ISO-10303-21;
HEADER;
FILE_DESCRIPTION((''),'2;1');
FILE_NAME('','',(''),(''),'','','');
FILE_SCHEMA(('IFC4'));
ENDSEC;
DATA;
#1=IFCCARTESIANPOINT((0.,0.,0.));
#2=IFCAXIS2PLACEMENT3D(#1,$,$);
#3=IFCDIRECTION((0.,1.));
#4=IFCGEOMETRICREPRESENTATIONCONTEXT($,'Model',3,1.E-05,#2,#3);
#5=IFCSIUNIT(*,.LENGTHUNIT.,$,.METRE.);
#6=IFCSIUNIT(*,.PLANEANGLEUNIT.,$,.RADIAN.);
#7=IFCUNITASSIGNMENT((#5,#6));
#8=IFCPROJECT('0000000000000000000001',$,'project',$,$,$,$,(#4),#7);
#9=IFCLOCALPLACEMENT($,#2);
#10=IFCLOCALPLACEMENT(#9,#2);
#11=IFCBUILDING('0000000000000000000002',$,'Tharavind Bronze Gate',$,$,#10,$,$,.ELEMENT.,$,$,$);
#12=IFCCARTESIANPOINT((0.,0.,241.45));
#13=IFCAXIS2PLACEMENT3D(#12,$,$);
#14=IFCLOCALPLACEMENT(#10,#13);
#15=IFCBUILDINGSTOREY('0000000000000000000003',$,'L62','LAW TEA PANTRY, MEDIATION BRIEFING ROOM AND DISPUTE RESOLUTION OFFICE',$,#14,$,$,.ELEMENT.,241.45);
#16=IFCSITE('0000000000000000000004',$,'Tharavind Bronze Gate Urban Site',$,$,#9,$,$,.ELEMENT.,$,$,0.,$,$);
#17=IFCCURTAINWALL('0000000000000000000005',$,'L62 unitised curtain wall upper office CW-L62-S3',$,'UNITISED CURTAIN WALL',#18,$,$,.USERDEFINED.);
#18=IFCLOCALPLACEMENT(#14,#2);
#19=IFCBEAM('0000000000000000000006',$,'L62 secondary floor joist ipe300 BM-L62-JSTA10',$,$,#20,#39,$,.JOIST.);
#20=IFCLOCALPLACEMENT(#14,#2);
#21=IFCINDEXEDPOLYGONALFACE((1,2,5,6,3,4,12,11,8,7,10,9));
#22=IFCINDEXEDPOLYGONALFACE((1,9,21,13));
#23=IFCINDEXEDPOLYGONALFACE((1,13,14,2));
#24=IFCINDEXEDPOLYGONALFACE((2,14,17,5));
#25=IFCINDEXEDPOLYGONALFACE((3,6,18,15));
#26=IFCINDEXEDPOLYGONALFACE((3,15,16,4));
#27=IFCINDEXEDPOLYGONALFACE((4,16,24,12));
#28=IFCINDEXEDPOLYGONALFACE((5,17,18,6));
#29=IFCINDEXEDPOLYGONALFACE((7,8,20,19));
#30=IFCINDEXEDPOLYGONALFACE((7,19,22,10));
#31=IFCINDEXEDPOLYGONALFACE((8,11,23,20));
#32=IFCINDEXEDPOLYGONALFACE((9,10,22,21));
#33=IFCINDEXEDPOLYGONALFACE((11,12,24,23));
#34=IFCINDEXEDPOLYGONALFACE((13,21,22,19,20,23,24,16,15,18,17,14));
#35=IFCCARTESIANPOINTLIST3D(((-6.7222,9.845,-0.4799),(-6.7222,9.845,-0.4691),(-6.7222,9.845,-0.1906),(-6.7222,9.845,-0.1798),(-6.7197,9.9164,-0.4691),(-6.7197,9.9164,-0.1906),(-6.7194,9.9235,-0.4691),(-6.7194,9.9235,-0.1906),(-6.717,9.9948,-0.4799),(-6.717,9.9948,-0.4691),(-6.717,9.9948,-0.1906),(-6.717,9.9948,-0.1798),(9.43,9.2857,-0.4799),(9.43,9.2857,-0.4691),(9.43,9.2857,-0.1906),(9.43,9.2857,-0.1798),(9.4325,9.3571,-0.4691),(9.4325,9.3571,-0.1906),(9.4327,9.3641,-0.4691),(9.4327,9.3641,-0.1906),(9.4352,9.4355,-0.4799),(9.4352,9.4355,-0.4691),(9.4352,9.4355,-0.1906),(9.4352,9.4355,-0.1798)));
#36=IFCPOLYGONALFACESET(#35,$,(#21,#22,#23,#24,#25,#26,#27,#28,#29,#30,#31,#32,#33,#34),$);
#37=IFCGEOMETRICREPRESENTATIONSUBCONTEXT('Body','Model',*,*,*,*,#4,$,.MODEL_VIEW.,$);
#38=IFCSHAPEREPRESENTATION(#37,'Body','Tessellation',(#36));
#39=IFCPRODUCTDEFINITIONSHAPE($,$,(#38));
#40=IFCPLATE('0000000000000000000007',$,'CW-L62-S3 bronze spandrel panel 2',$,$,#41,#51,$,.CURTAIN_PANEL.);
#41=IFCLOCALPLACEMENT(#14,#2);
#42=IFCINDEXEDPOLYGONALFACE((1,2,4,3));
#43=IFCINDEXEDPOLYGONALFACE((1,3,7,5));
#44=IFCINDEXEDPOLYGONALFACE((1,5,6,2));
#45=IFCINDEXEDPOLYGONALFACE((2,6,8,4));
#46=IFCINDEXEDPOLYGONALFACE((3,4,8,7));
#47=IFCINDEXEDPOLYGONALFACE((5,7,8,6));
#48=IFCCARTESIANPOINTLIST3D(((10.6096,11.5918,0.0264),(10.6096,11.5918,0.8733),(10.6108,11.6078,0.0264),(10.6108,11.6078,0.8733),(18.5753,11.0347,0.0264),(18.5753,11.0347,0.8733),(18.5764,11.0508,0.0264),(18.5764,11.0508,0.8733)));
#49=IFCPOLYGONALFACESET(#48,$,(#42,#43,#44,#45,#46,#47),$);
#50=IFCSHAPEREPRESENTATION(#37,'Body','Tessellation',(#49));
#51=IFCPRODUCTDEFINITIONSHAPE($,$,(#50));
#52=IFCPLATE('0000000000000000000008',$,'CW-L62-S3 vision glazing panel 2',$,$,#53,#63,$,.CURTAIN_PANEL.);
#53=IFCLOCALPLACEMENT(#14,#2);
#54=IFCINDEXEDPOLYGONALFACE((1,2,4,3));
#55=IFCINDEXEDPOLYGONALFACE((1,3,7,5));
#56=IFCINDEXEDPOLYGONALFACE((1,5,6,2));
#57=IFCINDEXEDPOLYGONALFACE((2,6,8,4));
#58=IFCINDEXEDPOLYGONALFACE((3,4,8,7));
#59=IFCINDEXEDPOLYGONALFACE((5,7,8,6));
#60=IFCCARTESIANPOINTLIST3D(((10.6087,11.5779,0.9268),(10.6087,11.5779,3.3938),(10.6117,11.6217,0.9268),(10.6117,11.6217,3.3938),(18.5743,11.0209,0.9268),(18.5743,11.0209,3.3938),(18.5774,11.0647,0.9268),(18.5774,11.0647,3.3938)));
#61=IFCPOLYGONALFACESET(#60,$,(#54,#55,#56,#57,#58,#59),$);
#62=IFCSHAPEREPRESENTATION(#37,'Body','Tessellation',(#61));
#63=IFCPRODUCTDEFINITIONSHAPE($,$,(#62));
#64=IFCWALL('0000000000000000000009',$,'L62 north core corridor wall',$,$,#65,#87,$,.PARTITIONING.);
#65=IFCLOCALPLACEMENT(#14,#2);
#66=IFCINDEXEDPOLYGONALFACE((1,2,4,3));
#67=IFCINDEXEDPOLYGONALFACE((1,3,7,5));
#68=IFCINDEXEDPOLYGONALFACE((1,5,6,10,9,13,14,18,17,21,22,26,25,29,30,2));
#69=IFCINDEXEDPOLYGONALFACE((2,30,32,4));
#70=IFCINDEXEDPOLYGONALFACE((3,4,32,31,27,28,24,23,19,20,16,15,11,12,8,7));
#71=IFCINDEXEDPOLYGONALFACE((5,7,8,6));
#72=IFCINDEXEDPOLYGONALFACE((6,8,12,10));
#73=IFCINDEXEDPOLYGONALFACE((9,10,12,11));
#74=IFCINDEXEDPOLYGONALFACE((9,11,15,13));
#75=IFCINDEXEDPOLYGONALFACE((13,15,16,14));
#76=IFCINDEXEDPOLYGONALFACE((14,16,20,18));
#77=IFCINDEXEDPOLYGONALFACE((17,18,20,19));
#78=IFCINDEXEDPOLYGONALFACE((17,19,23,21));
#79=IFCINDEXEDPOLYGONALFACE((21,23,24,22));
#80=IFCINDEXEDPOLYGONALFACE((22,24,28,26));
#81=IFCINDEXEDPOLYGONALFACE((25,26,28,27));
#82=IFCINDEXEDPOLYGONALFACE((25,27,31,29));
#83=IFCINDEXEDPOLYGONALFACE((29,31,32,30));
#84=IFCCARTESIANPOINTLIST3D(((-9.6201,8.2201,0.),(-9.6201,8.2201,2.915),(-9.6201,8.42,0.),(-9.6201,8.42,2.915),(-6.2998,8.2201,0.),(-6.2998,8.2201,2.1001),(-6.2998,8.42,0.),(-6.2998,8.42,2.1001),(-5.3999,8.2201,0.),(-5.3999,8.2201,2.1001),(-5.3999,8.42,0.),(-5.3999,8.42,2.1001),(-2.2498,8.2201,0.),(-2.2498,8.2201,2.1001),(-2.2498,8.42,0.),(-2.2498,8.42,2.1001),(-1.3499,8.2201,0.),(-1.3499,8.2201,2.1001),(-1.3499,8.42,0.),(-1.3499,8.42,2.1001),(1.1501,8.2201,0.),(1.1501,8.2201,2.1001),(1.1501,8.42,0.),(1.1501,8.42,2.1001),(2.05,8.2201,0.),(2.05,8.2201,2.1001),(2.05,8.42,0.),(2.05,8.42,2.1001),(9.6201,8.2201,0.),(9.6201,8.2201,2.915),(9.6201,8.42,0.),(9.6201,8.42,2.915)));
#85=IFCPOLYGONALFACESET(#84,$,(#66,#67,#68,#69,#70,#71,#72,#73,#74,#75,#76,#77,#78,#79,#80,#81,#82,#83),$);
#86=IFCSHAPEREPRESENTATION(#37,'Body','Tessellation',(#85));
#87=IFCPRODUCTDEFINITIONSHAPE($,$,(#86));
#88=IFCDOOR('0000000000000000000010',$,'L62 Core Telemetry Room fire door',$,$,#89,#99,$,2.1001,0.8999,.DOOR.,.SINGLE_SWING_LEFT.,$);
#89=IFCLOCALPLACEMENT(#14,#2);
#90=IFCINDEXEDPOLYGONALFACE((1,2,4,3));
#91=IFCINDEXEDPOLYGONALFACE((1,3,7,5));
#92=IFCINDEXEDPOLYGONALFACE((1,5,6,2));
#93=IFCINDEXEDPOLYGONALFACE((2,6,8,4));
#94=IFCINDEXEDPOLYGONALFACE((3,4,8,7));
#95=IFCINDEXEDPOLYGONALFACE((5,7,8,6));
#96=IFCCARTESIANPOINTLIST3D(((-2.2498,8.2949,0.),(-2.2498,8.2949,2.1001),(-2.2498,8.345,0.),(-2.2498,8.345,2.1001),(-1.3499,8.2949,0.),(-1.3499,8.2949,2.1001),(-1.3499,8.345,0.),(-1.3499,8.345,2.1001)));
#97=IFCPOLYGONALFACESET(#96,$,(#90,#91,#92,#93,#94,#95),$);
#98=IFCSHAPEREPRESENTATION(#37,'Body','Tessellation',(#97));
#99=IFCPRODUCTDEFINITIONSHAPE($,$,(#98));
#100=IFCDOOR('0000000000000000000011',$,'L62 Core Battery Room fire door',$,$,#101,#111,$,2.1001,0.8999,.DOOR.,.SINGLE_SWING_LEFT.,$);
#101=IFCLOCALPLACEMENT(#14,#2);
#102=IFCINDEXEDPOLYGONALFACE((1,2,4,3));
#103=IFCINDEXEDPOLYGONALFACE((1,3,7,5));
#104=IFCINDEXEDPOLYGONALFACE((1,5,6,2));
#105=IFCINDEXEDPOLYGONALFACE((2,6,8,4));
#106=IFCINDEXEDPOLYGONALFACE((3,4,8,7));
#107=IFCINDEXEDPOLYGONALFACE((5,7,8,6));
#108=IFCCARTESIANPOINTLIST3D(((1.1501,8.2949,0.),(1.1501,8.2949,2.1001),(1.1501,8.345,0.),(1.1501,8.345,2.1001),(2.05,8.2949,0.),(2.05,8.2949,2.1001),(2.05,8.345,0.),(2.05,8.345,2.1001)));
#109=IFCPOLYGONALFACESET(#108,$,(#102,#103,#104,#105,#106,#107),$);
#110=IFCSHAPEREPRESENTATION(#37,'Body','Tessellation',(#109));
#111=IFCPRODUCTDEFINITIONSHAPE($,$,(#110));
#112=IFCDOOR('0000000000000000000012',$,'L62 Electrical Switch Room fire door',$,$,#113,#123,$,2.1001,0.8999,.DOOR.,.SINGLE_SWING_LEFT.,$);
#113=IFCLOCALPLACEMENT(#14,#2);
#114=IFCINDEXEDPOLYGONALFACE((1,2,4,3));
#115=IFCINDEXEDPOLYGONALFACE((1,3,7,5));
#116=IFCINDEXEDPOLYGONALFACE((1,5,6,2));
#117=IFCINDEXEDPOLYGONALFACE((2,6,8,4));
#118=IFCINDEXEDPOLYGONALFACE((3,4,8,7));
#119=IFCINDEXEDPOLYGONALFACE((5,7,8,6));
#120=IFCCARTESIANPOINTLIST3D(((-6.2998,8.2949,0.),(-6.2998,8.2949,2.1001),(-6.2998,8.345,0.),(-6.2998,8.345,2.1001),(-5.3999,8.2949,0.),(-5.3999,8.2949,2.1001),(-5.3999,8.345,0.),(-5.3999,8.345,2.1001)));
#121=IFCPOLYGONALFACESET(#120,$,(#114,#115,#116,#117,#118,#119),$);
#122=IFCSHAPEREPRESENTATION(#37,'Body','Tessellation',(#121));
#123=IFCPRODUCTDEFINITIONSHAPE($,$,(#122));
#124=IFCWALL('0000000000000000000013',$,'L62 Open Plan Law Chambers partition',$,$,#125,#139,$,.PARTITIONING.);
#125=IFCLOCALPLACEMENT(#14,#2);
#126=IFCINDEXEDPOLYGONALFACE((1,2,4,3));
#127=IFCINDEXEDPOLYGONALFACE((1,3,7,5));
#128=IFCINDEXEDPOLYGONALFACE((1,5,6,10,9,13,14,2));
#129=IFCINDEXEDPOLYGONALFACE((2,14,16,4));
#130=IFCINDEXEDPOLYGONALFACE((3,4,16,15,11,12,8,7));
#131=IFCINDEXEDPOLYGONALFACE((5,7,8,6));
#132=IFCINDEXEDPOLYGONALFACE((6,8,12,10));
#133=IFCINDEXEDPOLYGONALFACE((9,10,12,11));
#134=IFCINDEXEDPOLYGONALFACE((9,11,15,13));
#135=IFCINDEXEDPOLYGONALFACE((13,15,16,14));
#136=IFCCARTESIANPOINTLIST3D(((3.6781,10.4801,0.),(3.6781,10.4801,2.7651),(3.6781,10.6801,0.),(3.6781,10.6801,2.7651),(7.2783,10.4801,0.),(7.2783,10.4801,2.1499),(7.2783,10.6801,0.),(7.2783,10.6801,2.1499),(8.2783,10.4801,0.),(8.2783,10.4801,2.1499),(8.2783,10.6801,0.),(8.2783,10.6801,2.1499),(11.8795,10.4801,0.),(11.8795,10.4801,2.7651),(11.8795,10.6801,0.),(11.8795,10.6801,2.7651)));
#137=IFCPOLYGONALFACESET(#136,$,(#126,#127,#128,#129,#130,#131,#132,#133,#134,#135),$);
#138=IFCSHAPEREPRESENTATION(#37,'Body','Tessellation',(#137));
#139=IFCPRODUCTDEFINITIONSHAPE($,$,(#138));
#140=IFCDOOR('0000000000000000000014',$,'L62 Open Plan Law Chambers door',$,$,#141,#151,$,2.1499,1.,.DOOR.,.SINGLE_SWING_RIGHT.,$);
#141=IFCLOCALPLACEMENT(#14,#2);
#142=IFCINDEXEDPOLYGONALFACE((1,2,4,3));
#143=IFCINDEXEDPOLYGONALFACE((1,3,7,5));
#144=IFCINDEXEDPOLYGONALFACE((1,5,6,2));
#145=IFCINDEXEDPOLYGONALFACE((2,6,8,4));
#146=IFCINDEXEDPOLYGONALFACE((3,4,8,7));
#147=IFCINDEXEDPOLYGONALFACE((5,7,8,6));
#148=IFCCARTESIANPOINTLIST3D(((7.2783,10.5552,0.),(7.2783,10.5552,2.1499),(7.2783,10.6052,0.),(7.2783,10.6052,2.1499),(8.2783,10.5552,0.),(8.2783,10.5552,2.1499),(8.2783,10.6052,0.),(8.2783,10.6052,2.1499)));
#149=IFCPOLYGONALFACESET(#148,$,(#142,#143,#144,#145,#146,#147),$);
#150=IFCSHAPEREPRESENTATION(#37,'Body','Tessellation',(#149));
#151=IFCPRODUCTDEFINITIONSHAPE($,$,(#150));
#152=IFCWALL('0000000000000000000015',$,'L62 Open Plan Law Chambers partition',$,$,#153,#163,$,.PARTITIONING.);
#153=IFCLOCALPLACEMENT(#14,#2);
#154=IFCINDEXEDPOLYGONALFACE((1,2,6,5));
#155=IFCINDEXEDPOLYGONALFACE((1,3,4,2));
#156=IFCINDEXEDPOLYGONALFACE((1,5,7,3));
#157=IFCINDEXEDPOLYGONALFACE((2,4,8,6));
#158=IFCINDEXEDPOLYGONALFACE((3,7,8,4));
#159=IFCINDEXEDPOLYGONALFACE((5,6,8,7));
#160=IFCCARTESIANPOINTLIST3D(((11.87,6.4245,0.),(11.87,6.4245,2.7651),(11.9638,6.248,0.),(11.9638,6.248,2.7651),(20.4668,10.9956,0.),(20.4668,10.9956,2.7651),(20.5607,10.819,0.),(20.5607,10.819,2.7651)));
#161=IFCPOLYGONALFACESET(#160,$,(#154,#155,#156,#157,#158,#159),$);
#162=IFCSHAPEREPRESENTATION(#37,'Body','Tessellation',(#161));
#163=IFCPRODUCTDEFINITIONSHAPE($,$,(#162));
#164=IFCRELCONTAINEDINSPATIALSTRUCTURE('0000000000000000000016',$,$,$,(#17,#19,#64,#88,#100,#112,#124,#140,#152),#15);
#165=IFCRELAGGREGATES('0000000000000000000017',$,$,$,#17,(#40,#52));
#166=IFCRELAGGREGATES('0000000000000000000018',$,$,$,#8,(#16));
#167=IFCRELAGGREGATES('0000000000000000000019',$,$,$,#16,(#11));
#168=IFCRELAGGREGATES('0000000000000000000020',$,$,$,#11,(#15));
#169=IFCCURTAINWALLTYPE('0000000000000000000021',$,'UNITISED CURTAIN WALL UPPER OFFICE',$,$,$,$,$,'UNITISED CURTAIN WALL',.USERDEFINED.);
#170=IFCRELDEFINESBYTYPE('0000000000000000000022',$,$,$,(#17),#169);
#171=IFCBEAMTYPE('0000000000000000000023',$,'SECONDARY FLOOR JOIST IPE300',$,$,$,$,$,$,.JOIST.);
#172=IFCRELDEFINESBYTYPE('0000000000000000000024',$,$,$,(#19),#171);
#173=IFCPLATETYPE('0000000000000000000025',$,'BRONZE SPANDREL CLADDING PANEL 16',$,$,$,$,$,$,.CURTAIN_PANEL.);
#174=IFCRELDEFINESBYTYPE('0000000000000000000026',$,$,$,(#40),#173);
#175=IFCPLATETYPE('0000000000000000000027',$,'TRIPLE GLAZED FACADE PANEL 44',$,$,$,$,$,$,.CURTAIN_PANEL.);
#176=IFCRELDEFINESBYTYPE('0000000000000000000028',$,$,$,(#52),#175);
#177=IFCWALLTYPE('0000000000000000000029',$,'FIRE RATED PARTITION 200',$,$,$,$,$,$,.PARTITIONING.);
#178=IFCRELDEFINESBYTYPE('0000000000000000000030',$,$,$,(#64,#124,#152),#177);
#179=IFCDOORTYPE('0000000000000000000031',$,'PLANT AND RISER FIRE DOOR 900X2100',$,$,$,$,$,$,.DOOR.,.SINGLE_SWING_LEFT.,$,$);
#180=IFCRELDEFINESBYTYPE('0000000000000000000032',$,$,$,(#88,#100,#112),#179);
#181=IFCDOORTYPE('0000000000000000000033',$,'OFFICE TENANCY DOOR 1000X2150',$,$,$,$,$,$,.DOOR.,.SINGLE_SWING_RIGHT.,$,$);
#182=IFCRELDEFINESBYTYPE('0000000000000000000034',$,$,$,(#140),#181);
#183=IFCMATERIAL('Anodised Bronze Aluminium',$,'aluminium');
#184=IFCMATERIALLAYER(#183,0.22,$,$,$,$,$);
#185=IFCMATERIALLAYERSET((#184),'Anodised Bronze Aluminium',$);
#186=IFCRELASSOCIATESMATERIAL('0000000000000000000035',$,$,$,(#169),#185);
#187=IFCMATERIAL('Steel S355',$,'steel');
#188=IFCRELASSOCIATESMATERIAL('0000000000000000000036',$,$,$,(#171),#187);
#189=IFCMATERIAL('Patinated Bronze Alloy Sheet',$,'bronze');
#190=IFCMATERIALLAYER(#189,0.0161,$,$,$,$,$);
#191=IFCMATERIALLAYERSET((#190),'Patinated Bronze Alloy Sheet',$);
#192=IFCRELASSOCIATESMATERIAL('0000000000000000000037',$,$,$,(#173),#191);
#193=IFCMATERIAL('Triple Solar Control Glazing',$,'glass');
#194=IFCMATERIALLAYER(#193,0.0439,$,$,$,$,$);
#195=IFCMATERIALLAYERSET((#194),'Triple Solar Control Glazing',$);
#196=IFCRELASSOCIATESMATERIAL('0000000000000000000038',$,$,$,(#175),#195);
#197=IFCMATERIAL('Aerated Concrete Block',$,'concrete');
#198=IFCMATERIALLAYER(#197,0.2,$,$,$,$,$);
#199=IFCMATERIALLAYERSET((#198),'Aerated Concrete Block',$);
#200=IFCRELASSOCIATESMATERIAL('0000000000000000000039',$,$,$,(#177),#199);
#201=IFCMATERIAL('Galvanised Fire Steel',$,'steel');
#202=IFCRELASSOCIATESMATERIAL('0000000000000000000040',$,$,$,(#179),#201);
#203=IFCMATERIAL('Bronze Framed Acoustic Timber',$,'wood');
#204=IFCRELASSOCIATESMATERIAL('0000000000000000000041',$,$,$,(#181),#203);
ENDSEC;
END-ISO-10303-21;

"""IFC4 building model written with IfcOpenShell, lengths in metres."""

from ifc_helpers import new_model, si_unit, direction, frame, frame_2d, origin, origin_2d, place, context, subcontext, project, spatial, rectangle, i_section, extrude, material, layer, layer_set, material_profile, profile_set, type_object, element, fill, aggregate, save


model = new_model("IFC4")

# Units and contexts
model_context = context("Model", 3, precision=1e-05, world=origin(), true_north=direction((0.0, 1.0)))
body_context = subcontext(model_context, "Body", "Model", "MODEL_VIEW")
ifc_project = project(units=[si_unit("LENGTHUNIT", "METRE"), si_unit("PLANEANGLEUNIT", "RADIAN")], contexts=[model_context])

# Site, building, storey
site_placement = place(None, origin())
site = spatial("IfcSite", under=ifc_project, at=site_placement, Name="Tharavind Bronze Gate Urban Site", CompositionType="ELEMENT", RefElevation=0.0)
building_placement = place(site_placement, origin())
building = spatial("IfcBuilding", under=site, at=building_placement, Name="Tharavind Bronze Gate", CompositionType="ELEMENT")
storey_placement = place(building_placement, frame((0.0, 0.0, 241.45)))
storey = spatial("IfcBuildingStorey", under=building, at=storey_placement, Name="L62", Description="LAW TEA PANTRY, MEDIATION BRIEFING ROOM AND DISPUTE RESOLUTION OFFICE", CompositionType="ELEMENT", Elevation=241.45)

# Curtain wall
ifc_material_1 = material(Name="Anodised Bronze Aluminium", Category="aluminium")
ifc_layer_1 = layer(ifc_material_1, 0.22)
ifc_layer_set_1 = layer_set([ifc_layer_1], Name="Anodised Bronze Aluminium")
curtain_wall_type = type_object("IfcCurtainWallType", Name="UNITISED CURTAIN WALL UPPER OFFICE", ElementType="UNITISED CURTAIN WALL", PredefinedType="USERDEFINED", material=ifc_layer_set_1)
curtain_wall_placement = place(storey_placement, origin())
curtain_wall = element("IfcCurtainWall", 1, at=curtain_wall_placement, inside=storey, type_object=curtain_wall_type, Name="L62 unitised curtain wall upper office CW-L62-S3", ObjectType="UNITISED CURTAIN WALL", PredefinedType="USERDEFINED")

# Beam
ifc_material_2 = material(Name="Steel S355", Category="steel")
ifc_material_profile_1 = material_profile(ifc_material_2, i_section(OverallWidth=0.1499, OverallDepth=0.3, WebThickness=0.0071, FlangeThickness=0.0107, at=origin_2d()), Name="IPE300")
ifc_profile_set_1 = profile_set([ifc_material_profile_1], Name="Steel S355")
beam_type_1 = type_object("IfcBeamType", Name="SECONDARY FLOOR JOIST IPE300", PredefinedType="JOIST", material=ifc_profile_set_1)
beam_1_placement = place(storey_placement, frame((9.4326, 9.3606, -0.3298), z_axis=(-0.999401, 0.034608, 0.0), x_axis=(-0.034608, -0.999401, 0.0)))
element("IfcBeam", 2, at=beam_1_placement, inside=storey, type_object=beam_type_1, Name="L62 secondary floor joist ipe300 BM-L62-JSTA10", PredefinedType="JOIST", context=body_context, shape_type="SweptSolid", body=[
    extrude(i_section(OverallWidth=0.1499, OverallDepth=0.3, WebThickness=0.0071, FlangeThickness=0.0107, at=origin_2d()), origin(), (0.0, 0.0, 1.0), 16.1619),
])

# Plates
ifc_material_3 = material(Name="Patinated Bronze Alloy Sheet", Category="bronze")
ifc_layer_2 = layer(ifc_material_3, 0.0161)
ifc_layer_set_2 = layer_set([ifc_layer_2], Name="Patinated Bronze Alloy Sheet")
plate_type_1 = type_object("IfcPlateType", Name="BRONZE SPANDREL CLADDING PANEL 16", PredefinedType="CURTAIN_PANEL", material=ifc_layer_set_2)
plate_1_placement = place(storey_placement, frame((14.593, 11.3213, 0.0264), z_axis=(0.0, 0.0, 1.0), x_axis=(-0.997564, 0.069758, 0.0)))
plate_1 = element("IfcPlate", 3, at=plate_1_placement, type_object=plate_type_1, Name="CW-L62-S3 bronze spandrel panel 2", PredefinedType="CURTAIN_PANEL", context=body_context, shape_type="SweptSolid", body=[
    extrude(rectangle(XDim=7.9851, YDim=0.0161, at=origin_2d()), origin(), (0.0, 0.0, 1.0), 0.8469),
])
ifc_material_4 = material(Name="Triple Solar Control Glazing", Category="glass")
ifc_layer_3 = layer(ifc_material_4, 0.0439)
ifc_layer_set_3 = layer_set([ifc_layer_3], Name="Triple Solar Control Glazing")
plate_type_2 = type_object("IfcPlateType", Name="TRIPLE GLAZED FACADE PANEL 44", PredefinedType="CURTAIN_PANEL", material=ifc_layer_set_3)
plate_2_placement = place(storey_placement, frame((14.593, 11.3213, 0.9268), z_axis=(0.0, 0.0, 1.0), x_axis=(-0.997564, 0.069758, 0.0)))
plate_2 = element("IfcPlate", 4, at=plate_2_placement, type_object=plate_type_2, Name="CW-L62-S3 vision glazing panel 2", PredefinedType="CURTAIN_PANEL", context=body_context, shape_type="SweptSolid", body=[
    extrude(rectangle(XDim=7.9851, YDim=0.0439, at=origin_2d()), origin(), (0.0, 0.0, 1.0), 2.467),
])
aggregate(curtain_wall, [plate_1, plate_2])

# Wall, openings, doors
ifc_material_5 = material(Name="Aerated Concrete Block", Category="concrete")
ifc_layer_4 = layer(ifc_material_5, 0.2)
ifc_layer_set_4 = layer_set([ifc_layer_4], Name="Aerated Concrete Block")
wall_type = type_object("IfcWallType", Name="FIRE RATED PARTITION 200", PredefinedType="PARTITIONING", material=ifc_layer_set_4)
wall_1_placement = place(storey_placement, frame((9.6201, 8.3201, 0.0), z_axis=(0.0, 0.0, 1.0), x_axis=(-1.0, 0.0, 0.0)))
wall_1 = element("IfcWall", 5, at=wall_1_placement, inside=storey, type_object=wall_type, Name="L62 north core corridor wall", PredefinedType="PARTITIONING", context=body_context, shape_type="SweptSolid", body=[
    extrude(rectangle(XDim=19.2402, YDim=0.2, at=frame_2d((9.6201, 0.0))), origin(), (0.0, 0.0, 1.0), 2.915),
])
opening_1_placement = place(wall_1_placement, frame((10.97, 0.0, 0.0)))
opening_1 = element("IfcOpeningElement", 6, at=opening_1_placement, cuts=wall_1, PredefinedType="OPENING", context=body_context, shape_type="SweptSolid", body=[
    extrude(rectangle(XDim=0.8999, YDim=2.1001, at=frame_2d((0.45, 1.05))), frame((0.0, 0.1101, 0.0), z_axis=(0.0, -1.0, 0.0), x_axis=(1.0, 0.0, 0.0)), (0.0, 0.0, 1.0), 0.22),
])
opening_2_placement = place(wall_1_placement, frame((7.5701, 0.0, 0.0)))
opening_2 = element("IfcOpeningElement", 7, at=opening_2_placement, cuts=wall_1, PredefinedType="OPENING", context=body_context, shape_type="SweptSolid", body=[
    extrude(rectangle(XDim=0.8999, YDim=2.1001, at=frame_2d((0.45, 1.05))), frame((0.0, 0.1101, 0.0), z_axis=(0.0, -1.0, 0.0), x_axis=(1.0, 0.0, 0.0)), (0.0, 0.0, 1.0), 0.22),
])
opening_3_placement = place(wall_1_placement, frame((15.02, 0.0, 0.0)))
opening_3 = element("IfcOpeningElement", 8, at=opening_3_placement, cuts=wall_1, PredefinedType="OPENING", context=body_context, shape_type="SweptSolid", body=[
    extrude(rectangle(XDim=0.8999, YDim=2.1001, at=frame_2d((0.45, 1.05))), frame((0.0, 0.1101, 0.0), z_axis=(0.0, -1.0, 0.0), x_axis=(1.0, 0.0, 0.0)), (0.0, 0.0, 1.0), 0.22),
])
ifc_material_6 = material(Name="Galvanised Fire Steel", Category="steel")
door_type_1 = type_object("IfcDoorType", Name="PLANT AND RISER FIRE DOOR 900X2100", OperationType="SINGLE_SWING_LEFT", PredefinedType="DOOR", material=ifc_material_6)
door_1_placement = place(opening_1_placement, frame((0.8999, 0.0, 0.0), z_axis=(0.0, 0.0, 1.0), x_axis=(-1.0, 0.0, 0.0)))
door_1 = element("IfcDoor", 9, at=door_1_placement, inside=storey, type_object=door_type_1, Name="L62 Core Telemetry Room fire door", OperationType="SINGLE_SWING_LEFT", OverallHeight=2.1001, OverallWidth=0.8999, PredefinedType="DOOR", context=body_context, shape_type="SweptSolid", body=[
    extrude(rectangle(XDim=0.8999, YDim=2.1001, at=frame_2d((0.45, 1.05))), frame((0.0, 0.0249, 0.0), z_axis=(0.0, -1.0, 0.0), x_axis=(1.0, 0.0, 0.0)), (0.0, 0.0, 1.0), 0.05),
])
fill(opening_1, door_1)
door_2_placement = place(opening_2_placement, frame((0.8999, 0.0, 0.0), z_axis=(0.0, 0.0, 1.0), x_axis=(-1.0, 0.0, 0.0)))
door_2 = element("IfcDoor", 10, at=door_2_placement, inside=storey, type_object=door_type_1, Name="L62 Core Battery Room fire door", OperationType="SINGLE_SWING_LEFT", OverallHeight=2.1001, OverallWidth=0.8999, PredefinedType="DOOR", context=body_context, shape_type="SweptSolid", body=[
    extrude(rectangle(XDim=0.8999, YDim=2.1001, at=frame_2d((0.45, 1.05))), frame((0.0, 0.0249, 0.0), z_axis=(0.0, -1.0, 0.0), x_axis=(1.0, 0.0, 0.0)), (0.0, 0.0, 1.0), 0.05),
])
fill(opening_2, door_2)
door_3_placement = place(opening_3_placement, frame((0.8999, 0.0, 0.0), z_axis=(0.0, 0.0, 1.0), x_axis=(-1.0, 0.0, 0.0)))
door_3 = element("IfcDoor", 11, at=door_3_placement, inside=storey, type_object=door_type_1, Name="L62 Electrical Switch Room fire door", OperationType="SINGLE_SWING_LEFT", OverallHeight=2.1001, OverallWidth=0.8999, PredefinedType="DOOR", context=body_context, shape_type="SweptSolid", body=[
    extrude(rectangle(XDim=0.8999, YDim=2.1001, at=frame_2d((0.45, 1.05))), frame((0.0, 0.0249, 0.0), z_axis=(0.0, -1.0, 0.0), x_axis=(1.0, 0.0, 0.0)), (0.0, 0.0, 1.0), 0.05),
])
fill(opening_3, door_3)

# Wall, opening, door
wall_2_placement = place(storey_placement, frame((11.8794, 10.5801, 0.0), z_axis=(0.0, 0.0, 1.0), x_axis=(-1.0, 0.0, 0.0)))
wall_2 = element("IfcWall", 12, at=wall_2_placement, inside=storey, type_object=wall_type, Name="L62 Open Plan Law Chambers partition", PredefinedType="PARTITIONING", context=body_context, shape_type="SweptSolid", body=[
    extrude(rectangle(XDim=8.2014, YDim=0.2, at=frame_2d((4.1006, 0.0))), origin(), (0.0, 0.0, 1.0), 2.7651),
])
opening_4_placement = place(wall_2_placement, frame((3.6011, 0.0, 0.0)))
opening_4 = element("IfcOpeningElement", 13, at=opening_4_placement, cuts=wall_2, PredefinedType="OPENING", context=body_context, shape_type="SweptSolid", body=[
    extrude(rectangle(XDim=1.0, YDim=2.1499, at=frame_2d((0.5, 1.075))), frame((0.0, 0.1101, 0.0), z_axis=(0.0, -1.0, 0.0), x_axis=(1.0, 0.0, 0.0)), (0.0, 0.0, 1.0), 0.22),
])
ifc_material_7 = material(Name="Bronze Framed Acoustic Timber", Category="wood")
door_type_2 = type_object("IfcDoorType", Name="OFFICE TENANCY DOOR 1000X2150", OperationType="SINGLE_SWING_RIGHT", PredefinedType="DOOR", material=ifc_material_7)
door_4_placement = place(opening_4_placement, origin())
door_4 = element("IfcDoor", 14, at=door_4_placement, inside=storey, type_object=door_type_2, Name="L62 Open Plan Law Chambers door", OperationType="SINGLE_SWING_RIGHT", OverallHeight=2.1499, OverallWidth=1.0, PredefinedType="DOOR", context=body_context, shape_type="SweptSolid", body=[
    extrude(rectangle(XDim=1.0, YDim=2.1499, at=frame_2d((0.5, 1.075))), frame((0.0, 0.0249, 0.0), z_axis=(0.0, -1.0, 0.0), x_axis=(1.0, 0.0, 0.0)), (0.0, 0.0, 1.0), 0.05),
])
fill(opening_4, door_4)

# Wall
wall_3_placement = place(storey_placement, frame((20.5137, 10.9072, 0.0), z_axis=(0.0, 0.0, 1.0), x_axis=(-0.882948, -0.46947, 0.0)))
element("IfcWall", 15, at=wall_3_placement, inside=storey, type_object=wall_type, Name="L62 Open Plan Law Chambers partition", PredefinedType="PARTITIONING", context=body_context, shape_type="SweptSolid", body=[
    extrude(rectangle(XDim=9.7366, YDim=0.2, at=frame_2d((4.8682, 0.0))), origin(), (0.0, 0.0, 1.0), 2.7651),
])

save(model, "model.ifc")
